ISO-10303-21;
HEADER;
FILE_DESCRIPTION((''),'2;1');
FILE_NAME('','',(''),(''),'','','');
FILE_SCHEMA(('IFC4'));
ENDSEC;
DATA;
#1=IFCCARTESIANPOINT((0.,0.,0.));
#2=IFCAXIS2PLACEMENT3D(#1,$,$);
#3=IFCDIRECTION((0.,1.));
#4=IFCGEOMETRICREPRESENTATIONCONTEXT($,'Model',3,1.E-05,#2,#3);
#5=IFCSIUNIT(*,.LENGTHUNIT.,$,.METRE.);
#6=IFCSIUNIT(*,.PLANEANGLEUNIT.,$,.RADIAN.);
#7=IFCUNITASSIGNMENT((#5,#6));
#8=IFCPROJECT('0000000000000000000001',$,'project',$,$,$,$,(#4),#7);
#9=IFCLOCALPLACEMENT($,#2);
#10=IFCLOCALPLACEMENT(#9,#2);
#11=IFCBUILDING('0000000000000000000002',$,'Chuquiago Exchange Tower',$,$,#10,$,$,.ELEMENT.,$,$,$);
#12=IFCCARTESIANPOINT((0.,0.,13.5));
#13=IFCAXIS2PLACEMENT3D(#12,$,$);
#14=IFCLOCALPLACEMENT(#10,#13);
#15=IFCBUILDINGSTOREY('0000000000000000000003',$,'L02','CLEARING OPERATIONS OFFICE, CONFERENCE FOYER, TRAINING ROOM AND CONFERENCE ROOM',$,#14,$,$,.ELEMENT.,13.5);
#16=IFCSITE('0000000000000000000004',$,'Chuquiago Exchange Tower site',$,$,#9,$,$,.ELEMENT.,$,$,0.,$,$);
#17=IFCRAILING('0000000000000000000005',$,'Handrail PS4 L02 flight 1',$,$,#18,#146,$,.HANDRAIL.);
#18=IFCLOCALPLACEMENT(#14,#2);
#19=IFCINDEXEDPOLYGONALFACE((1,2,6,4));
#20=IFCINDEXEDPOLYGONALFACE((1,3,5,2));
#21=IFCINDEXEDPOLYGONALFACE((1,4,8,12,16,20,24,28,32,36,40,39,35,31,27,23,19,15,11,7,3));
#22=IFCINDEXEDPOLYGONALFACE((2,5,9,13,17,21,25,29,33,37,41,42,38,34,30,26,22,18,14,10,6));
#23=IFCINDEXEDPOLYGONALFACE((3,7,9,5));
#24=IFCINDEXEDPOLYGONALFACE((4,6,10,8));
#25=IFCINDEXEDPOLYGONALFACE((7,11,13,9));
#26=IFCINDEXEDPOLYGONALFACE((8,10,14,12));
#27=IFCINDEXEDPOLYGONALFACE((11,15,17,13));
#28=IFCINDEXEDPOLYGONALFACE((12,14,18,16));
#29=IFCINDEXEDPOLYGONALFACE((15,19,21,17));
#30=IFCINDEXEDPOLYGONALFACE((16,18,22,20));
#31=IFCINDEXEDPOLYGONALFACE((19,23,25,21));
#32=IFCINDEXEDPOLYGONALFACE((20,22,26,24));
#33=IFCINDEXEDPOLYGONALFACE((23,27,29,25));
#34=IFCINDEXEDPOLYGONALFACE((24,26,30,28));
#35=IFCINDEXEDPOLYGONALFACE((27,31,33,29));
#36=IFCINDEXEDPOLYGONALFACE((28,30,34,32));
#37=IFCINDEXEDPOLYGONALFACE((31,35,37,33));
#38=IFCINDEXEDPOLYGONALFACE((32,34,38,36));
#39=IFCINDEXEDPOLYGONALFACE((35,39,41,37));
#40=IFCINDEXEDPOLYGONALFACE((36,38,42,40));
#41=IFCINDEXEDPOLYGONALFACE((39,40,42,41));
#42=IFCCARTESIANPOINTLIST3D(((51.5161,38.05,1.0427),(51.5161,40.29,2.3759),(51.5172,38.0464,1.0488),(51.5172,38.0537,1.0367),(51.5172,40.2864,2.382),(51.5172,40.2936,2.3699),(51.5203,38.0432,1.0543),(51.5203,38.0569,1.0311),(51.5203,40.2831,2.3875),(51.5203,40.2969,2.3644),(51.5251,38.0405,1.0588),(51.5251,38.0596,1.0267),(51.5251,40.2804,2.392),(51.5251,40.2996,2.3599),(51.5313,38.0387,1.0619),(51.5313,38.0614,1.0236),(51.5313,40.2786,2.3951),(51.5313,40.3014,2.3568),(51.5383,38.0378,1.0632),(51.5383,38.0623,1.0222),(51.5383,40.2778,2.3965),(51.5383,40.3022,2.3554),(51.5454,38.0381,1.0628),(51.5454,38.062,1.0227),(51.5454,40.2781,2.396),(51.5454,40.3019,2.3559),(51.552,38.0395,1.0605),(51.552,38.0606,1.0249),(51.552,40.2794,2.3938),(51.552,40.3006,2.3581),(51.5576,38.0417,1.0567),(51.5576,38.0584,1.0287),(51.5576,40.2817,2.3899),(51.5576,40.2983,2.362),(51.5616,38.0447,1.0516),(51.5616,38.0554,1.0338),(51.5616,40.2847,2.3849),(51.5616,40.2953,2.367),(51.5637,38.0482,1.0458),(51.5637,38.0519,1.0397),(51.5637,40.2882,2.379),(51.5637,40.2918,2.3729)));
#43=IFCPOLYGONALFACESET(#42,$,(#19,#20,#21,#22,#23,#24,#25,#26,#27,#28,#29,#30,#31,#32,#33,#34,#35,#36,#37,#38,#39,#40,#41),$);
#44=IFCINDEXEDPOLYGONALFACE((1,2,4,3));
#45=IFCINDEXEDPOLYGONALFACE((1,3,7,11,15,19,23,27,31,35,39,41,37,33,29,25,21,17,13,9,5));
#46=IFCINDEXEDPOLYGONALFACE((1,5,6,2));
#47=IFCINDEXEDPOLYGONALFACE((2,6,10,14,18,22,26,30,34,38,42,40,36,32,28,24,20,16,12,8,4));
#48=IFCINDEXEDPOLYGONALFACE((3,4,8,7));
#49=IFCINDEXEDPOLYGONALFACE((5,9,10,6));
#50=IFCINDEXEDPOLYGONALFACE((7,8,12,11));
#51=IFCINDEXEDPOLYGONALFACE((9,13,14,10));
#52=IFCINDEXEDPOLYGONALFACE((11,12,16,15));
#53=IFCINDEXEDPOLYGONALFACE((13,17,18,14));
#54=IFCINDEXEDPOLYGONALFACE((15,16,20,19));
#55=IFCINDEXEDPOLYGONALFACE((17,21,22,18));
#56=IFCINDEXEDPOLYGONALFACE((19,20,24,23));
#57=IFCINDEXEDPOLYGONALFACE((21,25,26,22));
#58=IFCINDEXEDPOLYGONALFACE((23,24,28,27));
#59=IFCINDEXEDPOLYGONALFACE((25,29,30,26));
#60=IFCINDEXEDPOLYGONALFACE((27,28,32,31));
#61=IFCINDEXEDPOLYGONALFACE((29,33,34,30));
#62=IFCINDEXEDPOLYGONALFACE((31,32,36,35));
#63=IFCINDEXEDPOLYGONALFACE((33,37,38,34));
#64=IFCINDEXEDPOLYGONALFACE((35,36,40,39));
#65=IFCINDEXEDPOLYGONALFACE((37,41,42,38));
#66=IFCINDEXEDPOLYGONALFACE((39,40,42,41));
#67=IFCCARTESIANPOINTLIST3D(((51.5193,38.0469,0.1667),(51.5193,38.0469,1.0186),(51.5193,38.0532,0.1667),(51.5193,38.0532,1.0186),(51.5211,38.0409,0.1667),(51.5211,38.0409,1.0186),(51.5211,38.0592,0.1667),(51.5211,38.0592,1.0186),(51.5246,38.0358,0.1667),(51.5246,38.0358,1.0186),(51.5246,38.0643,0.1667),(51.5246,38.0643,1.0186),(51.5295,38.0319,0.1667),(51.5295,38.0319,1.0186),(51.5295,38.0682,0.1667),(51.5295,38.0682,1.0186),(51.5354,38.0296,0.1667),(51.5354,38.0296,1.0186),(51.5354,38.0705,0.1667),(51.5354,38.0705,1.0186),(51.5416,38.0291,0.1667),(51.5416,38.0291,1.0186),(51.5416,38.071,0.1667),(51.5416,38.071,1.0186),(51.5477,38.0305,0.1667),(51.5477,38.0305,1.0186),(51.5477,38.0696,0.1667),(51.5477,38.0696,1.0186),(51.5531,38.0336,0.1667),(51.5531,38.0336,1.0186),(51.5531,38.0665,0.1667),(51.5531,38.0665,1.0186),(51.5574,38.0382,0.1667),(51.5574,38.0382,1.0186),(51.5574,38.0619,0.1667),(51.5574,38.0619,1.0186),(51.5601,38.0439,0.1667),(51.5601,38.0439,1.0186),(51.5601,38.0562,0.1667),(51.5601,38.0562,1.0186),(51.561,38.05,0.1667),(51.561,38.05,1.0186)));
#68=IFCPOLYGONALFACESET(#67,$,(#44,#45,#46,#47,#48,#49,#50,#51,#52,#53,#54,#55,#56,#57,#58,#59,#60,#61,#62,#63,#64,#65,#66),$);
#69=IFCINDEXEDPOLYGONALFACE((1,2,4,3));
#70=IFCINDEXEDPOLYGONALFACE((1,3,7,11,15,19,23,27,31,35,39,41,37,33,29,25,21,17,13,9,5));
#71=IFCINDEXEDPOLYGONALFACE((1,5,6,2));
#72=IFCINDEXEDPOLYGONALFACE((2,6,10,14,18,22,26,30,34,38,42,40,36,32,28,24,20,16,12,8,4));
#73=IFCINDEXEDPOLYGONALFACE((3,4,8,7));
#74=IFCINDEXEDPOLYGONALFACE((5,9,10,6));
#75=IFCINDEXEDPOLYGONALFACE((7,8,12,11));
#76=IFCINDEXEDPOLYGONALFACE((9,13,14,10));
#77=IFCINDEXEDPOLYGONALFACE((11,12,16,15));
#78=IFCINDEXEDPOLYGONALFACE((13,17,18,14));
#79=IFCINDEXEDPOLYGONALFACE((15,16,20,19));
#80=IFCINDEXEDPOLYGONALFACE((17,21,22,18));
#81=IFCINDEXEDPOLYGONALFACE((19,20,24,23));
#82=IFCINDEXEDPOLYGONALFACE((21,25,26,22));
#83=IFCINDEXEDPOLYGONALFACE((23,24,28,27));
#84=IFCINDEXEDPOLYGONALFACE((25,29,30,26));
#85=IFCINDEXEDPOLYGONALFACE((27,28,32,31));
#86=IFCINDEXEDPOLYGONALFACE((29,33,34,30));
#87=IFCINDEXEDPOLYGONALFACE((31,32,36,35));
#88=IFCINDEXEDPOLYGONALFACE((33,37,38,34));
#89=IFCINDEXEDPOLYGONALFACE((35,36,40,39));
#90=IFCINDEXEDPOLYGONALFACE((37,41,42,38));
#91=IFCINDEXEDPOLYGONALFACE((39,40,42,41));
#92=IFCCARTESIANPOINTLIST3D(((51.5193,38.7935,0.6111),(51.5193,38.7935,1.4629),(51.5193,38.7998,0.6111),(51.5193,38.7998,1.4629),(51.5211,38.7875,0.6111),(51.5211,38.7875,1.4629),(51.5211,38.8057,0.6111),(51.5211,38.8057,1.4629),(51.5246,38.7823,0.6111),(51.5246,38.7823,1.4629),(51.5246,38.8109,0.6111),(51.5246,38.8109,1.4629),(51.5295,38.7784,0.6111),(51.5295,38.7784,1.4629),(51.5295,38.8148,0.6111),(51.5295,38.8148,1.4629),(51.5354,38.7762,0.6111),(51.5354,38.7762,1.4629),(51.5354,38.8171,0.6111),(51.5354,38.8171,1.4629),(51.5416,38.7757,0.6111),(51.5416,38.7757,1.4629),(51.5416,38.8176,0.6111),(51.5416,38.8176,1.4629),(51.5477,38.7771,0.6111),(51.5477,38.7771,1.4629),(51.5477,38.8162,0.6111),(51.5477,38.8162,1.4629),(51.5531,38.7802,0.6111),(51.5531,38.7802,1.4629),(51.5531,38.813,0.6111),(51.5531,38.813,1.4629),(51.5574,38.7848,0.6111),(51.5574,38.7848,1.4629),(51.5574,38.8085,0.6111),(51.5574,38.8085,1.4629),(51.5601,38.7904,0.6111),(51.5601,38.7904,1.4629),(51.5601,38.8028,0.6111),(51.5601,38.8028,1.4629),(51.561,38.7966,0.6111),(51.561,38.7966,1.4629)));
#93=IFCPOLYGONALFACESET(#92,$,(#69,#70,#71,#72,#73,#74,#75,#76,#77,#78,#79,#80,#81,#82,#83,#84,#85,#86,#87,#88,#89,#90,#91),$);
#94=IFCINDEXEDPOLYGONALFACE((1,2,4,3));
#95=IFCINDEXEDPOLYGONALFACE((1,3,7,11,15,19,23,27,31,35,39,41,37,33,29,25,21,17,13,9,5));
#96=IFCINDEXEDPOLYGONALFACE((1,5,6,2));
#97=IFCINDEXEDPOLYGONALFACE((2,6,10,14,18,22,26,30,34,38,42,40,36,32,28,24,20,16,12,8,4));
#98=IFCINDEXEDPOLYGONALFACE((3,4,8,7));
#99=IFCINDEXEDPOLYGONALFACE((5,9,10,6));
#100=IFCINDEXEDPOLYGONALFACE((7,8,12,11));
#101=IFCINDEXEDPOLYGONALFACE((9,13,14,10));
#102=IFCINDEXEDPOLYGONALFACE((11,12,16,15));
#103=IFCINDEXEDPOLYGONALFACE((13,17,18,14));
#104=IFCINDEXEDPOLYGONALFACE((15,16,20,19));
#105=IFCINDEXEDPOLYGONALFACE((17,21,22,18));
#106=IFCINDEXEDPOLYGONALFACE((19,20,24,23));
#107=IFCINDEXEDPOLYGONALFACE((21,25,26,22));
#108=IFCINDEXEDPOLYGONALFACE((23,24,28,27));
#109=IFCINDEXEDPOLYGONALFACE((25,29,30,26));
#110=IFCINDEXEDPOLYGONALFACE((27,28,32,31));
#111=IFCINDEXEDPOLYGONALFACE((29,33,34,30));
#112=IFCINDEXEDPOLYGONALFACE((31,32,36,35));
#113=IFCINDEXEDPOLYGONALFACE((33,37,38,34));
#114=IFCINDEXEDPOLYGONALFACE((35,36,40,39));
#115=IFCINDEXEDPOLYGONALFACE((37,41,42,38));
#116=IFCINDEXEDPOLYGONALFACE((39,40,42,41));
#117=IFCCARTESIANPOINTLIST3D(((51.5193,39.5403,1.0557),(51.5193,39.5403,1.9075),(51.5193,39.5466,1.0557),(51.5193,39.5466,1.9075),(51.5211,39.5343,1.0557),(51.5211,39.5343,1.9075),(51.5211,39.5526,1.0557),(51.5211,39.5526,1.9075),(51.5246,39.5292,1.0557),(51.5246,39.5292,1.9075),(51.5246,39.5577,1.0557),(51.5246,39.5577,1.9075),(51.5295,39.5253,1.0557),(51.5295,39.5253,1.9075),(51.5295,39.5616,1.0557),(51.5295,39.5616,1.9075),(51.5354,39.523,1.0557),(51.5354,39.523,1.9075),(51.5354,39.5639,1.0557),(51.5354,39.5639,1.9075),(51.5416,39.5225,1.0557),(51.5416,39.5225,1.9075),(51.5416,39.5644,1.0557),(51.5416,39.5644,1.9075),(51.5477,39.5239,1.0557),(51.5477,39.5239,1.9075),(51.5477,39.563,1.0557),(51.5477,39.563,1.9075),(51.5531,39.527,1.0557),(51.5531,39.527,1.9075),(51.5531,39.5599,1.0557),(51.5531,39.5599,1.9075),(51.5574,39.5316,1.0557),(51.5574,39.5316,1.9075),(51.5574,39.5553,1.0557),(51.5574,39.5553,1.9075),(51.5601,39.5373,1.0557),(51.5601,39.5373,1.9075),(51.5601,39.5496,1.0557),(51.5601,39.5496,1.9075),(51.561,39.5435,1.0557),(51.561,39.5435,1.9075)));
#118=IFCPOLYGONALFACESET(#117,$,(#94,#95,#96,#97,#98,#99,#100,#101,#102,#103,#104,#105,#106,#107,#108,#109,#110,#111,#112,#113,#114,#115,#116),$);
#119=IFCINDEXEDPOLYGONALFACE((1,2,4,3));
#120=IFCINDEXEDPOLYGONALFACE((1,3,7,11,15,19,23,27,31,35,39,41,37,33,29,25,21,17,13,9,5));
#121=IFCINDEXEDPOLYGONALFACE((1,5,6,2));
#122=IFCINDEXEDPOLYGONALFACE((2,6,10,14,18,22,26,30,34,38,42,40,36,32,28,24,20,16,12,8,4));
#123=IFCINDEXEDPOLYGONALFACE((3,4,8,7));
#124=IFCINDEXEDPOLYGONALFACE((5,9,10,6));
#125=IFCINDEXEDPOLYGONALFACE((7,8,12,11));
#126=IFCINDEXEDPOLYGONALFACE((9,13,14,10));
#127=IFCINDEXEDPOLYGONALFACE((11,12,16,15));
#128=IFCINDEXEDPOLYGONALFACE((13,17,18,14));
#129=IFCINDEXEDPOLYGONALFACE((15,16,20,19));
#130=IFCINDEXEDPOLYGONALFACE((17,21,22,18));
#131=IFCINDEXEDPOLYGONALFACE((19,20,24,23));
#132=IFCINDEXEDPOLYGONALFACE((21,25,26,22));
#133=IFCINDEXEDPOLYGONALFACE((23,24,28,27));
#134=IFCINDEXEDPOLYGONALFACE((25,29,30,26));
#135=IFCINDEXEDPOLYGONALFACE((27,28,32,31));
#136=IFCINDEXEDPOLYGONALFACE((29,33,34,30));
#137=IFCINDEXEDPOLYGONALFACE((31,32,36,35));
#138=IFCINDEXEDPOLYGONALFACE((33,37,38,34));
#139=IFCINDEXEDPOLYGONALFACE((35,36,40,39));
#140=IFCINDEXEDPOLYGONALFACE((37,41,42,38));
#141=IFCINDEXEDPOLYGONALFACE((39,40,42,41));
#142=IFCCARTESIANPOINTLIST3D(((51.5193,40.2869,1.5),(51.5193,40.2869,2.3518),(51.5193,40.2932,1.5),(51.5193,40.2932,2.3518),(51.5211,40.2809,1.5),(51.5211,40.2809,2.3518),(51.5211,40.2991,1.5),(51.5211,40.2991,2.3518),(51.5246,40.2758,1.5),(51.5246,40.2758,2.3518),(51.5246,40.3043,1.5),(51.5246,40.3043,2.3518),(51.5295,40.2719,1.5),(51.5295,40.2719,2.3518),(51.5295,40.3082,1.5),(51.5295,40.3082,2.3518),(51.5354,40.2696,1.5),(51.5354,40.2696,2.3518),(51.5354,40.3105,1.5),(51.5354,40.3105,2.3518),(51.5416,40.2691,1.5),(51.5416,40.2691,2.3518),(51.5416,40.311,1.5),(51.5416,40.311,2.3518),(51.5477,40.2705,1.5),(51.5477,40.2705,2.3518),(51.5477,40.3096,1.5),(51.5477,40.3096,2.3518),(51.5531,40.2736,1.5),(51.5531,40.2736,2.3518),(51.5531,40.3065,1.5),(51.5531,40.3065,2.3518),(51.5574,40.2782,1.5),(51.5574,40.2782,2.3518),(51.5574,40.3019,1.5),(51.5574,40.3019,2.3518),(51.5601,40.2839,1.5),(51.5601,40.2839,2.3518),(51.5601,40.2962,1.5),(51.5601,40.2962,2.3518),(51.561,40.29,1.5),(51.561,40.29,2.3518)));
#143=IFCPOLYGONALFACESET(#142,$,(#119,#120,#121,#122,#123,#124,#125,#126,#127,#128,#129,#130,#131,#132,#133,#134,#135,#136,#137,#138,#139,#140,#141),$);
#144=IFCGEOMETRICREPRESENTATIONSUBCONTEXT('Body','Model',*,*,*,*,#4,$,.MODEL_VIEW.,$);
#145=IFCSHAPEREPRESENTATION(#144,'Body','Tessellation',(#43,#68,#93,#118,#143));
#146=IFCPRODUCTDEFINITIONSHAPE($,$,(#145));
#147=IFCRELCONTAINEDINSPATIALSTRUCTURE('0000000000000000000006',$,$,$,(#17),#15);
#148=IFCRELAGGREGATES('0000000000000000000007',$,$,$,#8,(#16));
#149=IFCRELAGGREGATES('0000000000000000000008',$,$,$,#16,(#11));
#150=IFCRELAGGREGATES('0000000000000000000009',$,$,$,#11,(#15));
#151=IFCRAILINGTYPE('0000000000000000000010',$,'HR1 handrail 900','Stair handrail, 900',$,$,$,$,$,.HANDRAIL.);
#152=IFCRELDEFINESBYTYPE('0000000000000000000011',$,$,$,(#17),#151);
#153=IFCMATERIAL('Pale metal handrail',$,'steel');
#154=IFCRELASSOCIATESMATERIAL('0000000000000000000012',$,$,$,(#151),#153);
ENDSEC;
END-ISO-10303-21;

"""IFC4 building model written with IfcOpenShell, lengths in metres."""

from ifc_helpers import new_model, si_unit, direction, frame, origin, origin_2d, place, context, subcontext, project, spatial, circle, extrude, material, type_object, element, save


model = new_model("IFC4")

# Units and contexts
model_context = context("Model", 3, precision=1e-05, world=origin(), true_north=direction((0.0, 1.0)))
body_context = subcontext(model_context, "Body", "Model", "MODEL_VIEW")
ifc_project = project(units=[si_unit("LENGTHUNIT", "METRE"), si_unit("PLANEANGLEUNIT", "RADIAN")], contexts=[model_context])

# Site, building, storey
site_placement = place(None, origin())
site = spatial("IfcSite", under=ifc_project, at=site_placement, Name="Chuquiago Exchange Tower site", CompositionType="ELEMENT", RefElevation=0.0)
building_placement = place(site_placement, origin())
building = spatial("IfcBuilding", under=site, at=building_placement, Name="Chuquiago Exchange Tower", CompositionType="ELEMENT")
storey_placement = place(building_placement, frame((0.0, 0.0, 13.5)))
storey = spatial("IfcBuildingStorey", under=building, at=storey_placement, Name="L02", Description="CLEARING OPERATIONS OFFICE, CONFERENCE FOYER, TRAINING ROOM AND CONFERENCE ROOM", CompositionType="ELEMENT", Elevation=13.5)

# Railing
ifc_material_1 = material(Name="Pale metal handrail", Category="steel")
railing_type = type_object("IfcRailingType", Name="HR1 handrail 900", Description="Stair handrail, 900", PredefinedType="HANDRAIL", material=ifc_material_1)
railing_1_placement = place(storey_placement, frame((51.54, 38.05, 0.1667)))
element("IfcRailing", 1, at=railing_1_placement, inside=storey, type_object=railing_type, Name="Handrail PS4 L02 flight 1", PredefinedType="HANDRAIL", context=body_context, shape_type="SweptSolid", body=[
    extrude(circle(Radius=0.0239, at=origin_2d()), frame((0.0, 0.0, 0.876), z_axis=(0.0, 0.859306, 0.511462), x_axis=(-1.0, 0.0, 0.0)), (0.0, 0.0, 1.0), 2.6067),
    extrude(circle(Radius=0.021, at=origin_2d()), origin(), (0.0, 0.0, 1.0), 0.8518),
    extrude(circle(Radius=0.021, at=origin_2d()), frame((0.0, 0.7466, 0.4443)), (0.0, 0.0, 1.0), 0.8518),
    extrude(circle(Radius=0.021, at=origin_2d()), frame((0.0, 1.4934, 0.8889)), (0.0, 0.0, 1.0), 0.8518),
    extrude(circle(Radius=0.021, at=origin_2d()), frame((0.0, 2.24, 1.3333)), (0.0, 0.0, 1.0), 0.8518),
])

save(model, "model.ifc")
